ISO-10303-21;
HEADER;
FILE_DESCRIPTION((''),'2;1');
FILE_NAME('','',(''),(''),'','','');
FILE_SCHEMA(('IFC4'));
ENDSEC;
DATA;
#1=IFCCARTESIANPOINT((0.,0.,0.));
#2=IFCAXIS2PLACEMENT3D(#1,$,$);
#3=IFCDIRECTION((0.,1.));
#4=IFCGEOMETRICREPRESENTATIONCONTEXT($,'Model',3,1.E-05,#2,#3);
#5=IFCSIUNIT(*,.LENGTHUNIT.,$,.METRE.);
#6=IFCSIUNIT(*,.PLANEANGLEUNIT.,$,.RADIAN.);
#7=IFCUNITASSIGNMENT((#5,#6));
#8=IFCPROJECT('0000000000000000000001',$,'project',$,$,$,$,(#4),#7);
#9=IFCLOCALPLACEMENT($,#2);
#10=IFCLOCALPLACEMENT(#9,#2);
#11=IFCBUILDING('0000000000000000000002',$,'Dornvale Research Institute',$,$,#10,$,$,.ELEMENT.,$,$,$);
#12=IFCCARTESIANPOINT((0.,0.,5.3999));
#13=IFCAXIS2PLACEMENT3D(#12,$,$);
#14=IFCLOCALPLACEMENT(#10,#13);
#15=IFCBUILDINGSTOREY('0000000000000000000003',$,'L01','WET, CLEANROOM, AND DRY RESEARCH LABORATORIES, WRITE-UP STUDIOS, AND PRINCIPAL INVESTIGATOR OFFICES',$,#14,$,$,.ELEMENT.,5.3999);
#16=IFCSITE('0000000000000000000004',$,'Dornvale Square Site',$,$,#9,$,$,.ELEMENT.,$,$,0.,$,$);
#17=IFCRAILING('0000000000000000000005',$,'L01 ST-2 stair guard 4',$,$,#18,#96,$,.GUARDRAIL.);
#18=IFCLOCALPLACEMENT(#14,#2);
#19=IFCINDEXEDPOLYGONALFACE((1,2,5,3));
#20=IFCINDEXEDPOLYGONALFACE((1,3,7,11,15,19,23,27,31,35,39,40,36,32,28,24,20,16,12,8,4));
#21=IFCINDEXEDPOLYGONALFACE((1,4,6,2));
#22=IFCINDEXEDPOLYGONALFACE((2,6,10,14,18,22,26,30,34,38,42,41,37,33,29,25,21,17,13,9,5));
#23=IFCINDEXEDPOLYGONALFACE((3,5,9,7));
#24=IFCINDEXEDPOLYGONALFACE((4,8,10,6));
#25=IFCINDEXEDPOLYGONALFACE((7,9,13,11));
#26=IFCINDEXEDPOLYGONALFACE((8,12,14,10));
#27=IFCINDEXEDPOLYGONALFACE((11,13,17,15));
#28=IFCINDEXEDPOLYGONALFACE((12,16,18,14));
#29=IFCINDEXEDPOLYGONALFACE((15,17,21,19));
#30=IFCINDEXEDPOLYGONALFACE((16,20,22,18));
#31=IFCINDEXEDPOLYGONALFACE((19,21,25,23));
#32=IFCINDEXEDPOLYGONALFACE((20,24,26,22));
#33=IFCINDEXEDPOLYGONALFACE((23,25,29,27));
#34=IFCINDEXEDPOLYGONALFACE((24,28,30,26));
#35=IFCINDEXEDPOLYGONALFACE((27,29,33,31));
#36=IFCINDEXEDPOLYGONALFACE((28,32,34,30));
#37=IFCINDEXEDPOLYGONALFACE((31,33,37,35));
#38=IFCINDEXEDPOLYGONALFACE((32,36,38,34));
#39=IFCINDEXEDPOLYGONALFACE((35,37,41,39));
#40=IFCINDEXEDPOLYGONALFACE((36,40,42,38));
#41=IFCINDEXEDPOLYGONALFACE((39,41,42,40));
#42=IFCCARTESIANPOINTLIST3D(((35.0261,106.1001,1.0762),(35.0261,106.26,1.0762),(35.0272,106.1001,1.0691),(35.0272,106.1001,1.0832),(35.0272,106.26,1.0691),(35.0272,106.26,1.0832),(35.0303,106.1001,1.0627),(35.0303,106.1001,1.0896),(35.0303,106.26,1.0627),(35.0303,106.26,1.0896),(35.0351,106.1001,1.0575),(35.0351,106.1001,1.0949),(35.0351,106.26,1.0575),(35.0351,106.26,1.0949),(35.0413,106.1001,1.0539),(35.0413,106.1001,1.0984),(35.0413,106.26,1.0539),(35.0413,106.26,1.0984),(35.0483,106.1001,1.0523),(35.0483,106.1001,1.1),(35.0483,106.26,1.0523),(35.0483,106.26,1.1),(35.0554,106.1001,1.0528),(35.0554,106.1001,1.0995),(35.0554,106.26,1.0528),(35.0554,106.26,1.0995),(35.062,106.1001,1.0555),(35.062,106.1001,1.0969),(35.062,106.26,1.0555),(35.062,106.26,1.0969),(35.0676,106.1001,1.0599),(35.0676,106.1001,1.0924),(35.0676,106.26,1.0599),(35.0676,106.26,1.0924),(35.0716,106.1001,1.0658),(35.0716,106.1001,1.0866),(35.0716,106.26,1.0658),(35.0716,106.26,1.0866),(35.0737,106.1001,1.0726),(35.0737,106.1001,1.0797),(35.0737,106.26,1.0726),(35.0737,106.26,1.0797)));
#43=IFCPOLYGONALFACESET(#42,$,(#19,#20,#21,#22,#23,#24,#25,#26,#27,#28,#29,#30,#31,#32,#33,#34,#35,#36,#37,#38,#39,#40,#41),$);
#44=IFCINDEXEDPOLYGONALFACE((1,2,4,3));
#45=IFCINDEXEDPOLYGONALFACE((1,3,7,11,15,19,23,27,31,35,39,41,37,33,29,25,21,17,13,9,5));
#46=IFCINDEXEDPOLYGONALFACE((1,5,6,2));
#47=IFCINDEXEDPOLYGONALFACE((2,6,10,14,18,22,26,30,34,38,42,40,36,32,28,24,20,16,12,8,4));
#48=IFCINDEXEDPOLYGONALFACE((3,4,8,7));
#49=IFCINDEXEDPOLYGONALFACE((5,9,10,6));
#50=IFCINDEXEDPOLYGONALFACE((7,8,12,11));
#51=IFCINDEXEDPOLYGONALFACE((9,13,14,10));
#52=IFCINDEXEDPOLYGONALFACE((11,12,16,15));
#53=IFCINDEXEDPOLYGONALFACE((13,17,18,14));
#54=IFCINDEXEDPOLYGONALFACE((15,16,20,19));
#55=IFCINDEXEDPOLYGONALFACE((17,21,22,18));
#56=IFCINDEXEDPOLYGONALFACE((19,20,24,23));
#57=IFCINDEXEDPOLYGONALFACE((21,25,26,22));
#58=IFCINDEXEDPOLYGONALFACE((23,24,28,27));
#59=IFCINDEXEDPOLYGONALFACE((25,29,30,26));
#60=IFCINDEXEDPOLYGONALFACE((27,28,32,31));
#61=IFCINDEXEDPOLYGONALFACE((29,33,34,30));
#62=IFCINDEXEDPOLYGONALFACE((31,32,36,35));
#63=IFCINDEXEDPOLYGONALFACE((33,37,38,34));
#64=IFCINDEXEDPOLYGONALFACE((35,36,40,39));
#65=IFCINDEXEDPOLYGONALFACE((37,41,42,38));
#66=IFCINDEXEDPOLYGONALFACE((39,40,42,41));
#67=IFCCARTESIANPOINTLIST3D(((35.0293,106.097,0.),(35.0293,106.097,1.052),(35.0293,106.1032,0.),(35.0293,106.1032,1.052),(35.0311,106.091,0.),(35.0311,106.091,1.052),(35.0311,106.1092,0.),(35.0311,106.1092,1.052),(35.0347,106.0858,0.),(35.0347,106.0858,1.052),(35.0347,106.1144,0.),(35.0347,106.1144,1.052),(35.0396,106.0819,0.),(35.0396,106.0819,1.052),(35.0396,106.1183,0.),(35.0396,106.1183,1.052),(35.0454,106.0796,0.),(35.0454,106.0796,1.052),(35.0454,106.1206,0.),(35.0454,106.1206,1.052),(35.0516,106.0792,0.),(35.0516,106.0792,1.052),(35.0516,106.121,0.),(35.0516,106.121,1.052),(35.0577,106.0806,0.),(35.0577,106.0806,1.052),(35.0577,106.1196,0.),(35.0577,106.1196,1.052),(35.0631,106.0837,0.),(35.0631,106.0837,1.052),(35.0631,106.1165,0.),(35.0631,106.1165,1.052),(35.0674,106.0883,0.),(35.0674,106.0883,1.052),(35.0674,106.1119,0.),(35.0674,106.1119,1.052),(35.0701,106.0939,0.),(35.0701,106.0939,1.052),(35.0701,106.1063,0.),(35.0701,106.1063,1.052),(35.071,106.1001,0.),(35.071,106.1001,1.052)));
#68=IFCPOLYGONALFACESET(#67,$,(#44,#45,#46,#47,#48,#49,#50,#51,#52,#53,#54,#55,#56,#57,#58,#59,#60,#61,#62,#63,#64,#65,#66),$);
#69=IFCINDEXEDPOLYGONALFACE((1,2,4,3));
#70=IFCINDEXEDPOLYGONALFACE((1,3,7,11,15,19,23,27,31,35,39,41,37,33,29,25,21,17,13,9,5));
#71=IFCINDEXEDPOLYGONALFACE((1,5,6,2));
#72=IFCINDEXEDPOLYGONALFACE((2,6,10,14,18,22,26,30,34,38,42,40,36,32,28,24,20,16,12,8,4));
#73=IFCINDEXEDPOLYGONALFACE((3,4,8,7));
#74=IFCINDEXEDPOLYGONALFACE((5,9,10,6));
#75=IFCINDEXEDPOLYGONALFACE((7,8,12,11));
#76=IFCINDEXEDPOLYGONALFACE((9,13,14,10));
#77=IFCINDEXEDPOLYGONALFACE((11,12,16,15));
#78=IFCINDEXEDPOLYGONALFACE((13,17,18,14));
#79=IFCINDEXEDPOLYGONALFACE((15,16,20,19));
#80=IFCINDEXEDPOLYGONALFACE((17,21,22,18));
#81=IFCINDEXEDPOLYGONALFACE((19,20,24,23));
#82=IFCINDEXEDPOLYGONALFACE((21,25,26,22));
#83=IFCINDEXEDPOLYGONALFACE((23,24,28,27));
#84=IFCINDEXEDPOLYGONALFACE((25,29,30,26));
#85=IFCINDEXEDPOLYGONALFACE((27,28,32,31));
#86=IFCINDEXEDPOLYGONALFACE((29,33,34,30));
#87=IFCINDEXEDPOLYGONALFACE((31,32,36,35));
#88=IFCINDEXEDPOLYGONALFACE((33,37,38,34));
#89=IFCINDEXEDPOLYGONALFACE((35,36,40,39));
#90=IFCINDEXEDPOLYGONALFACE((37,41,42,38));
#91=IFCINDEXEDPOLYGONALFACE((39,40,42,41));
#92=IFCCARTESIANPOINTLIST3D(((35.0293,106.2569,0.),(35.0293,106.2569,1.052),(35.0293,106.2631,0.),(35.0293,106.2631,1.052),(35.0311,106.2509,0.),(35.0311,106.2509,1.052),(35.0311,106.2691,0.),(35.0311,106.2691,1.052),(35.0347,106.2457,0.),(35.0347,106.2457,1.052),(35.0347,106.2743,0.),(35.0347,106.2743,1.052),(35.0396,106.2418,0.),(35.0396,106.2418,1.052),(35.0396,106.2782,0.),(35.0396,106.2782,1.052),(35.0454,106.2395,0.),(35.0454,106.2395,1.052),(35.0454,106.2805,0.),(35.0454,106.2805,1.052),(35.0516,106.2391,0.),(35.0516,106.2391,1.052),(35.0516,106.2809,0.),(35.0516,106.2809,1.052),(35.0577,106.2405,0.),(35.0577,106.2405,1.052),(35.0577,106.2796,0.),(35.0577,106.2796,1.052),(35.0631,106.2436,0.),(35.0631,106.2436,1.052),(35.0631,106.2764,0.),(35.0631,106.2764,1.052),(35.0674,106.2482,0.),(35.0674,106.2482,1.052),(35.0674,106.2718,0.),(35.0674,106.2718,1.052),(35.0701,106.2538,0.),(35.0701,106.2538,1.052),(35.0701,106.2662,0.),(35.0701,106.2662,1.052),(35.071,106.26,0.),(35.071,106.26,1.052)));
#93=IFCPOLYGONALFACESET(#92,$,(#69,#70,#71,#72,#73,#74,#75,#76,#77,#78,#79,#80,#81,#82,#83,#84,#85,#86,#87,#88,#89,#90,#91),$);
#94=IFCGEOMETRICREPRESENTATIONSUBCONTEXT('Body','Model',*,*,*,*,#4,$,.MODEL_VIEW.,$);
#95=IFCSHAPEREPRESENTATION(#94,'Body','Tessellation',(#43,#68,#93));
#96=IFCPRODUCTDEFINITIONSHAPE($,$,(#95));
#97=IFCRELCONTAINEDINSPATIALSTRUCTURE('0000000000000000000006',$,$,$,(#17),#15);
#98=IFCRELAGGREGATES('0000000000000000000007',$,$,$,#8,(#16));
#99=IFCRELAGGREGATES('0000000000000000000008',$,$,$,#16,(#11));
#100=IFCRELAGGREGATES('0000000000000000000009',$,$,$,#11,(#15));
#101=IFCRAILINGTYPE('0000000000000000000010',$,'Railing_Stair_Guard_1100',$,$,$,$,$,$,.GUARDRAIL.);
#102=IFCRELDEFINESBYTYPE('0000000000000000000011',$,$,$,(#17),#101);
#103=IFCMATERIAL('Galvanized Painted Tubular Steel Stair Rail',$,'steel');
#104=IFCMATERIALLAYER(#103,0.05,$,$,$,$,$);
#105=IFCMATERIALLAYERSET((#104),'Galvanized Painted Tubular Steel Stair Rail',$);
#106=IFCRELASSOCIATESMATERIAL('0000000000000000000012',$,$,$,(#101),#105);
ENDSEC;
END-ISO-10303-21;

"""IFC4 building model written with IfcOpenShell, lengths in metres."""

from ifc_helpers import new_model, si_unit, direction, frame, origin, origin_2d, place, context, subcontext, project, spatial, circle, extrude, material, layer, layer_set, type_object, element, save


model = new_model("IFC4")

# Units and contexts
model_context = context("Model", 3, precision=1e-05, world=origin(), true_north=direction((0.0, 1.0)))
body_context = subcontext(model_context, "Body", "Model", "MODEL_VIEW")
ifc_project = project(units=[si_unit("LENGTHUNIT", "METRE"), si_unit("PLANEANGLEUNIT", "RADIAN")], contexts=[model_context])

# Site, building, storey
site_placement = place(None, origin())
site = spatial("IfcSite", under=ifc_project, at=site_placement, Name="Dornvale Square Site", CompositionType="ELEMENT", RefElevation=0.0)
building_placement = place(site_placement, origin())
building = spatial("IfcBuilding", under=site, at=building_placement, Name="Dornvale Research Institute", CompositionType="ELEMENT")
storey_placement = place(building_placement, frame((0.0, 0.0, 5.3999)))
storey = spatial("IfcBuildingStorey", under=building, at=storey_placement, Name="L01", Description="WET, CLEANROOM, AND DRY RESEARCH LABORATORIES, WRITE-UP STUDIOS, AND PRINCIPAL INVESTIGATOR OFFICES", CompositionType="ELEMENT", Elevation=5.3999)

# Railing
ifc_material_1 = material(Name="Galvanized Painted Tubular Steel Stair Rail", Category="steel")
ifc_layer_1 = layer(ifc_material_1, 0.05)
ifc_layer_set_1 = layer_set([ifc_layer_1], Name="Galvanized Painted Tubular Steel Stair Rail")
railing_type_1 = type_object("IfcRailingType", Name="Railing_Stair_Guard_1100", PredefinedType="GUARDRAIL", material=ifc_layer_set_1)
railing_1_placement = place(storey_placement, frame((35.05, 106.1001, 0.0)))
element("IfcRailing", 1, at=railing_1_placement, inside=storey, type_object=railing_type_1, Name="L01 ST-2 stair guard 4", PredefinedType="GUARDRAIL", context=body_context, shape_type="SweptSolid", body=[
    extrude(circle(Radius=0.0239, at=origin_2d()), frame((0.0, 0.0, 1.0762), z_axis=(0.0, 1.0, 0.0), x_axis=(-1.0, 0.0, 0.0)), (0.0, 0.0, 1.0), 0.1599),
    extrude(circle(Radius=0.021, at=origin_2d()), origin(), (0.0, 0.0, 1.0), 1.052),
    extrude(circle(Radius=0.021, at=origin_2d()), frame((0.0, 0.1599, 0.0)), (0.0, 0.0, 1.0), 1.052),
])

save(model, "model.ifc")
